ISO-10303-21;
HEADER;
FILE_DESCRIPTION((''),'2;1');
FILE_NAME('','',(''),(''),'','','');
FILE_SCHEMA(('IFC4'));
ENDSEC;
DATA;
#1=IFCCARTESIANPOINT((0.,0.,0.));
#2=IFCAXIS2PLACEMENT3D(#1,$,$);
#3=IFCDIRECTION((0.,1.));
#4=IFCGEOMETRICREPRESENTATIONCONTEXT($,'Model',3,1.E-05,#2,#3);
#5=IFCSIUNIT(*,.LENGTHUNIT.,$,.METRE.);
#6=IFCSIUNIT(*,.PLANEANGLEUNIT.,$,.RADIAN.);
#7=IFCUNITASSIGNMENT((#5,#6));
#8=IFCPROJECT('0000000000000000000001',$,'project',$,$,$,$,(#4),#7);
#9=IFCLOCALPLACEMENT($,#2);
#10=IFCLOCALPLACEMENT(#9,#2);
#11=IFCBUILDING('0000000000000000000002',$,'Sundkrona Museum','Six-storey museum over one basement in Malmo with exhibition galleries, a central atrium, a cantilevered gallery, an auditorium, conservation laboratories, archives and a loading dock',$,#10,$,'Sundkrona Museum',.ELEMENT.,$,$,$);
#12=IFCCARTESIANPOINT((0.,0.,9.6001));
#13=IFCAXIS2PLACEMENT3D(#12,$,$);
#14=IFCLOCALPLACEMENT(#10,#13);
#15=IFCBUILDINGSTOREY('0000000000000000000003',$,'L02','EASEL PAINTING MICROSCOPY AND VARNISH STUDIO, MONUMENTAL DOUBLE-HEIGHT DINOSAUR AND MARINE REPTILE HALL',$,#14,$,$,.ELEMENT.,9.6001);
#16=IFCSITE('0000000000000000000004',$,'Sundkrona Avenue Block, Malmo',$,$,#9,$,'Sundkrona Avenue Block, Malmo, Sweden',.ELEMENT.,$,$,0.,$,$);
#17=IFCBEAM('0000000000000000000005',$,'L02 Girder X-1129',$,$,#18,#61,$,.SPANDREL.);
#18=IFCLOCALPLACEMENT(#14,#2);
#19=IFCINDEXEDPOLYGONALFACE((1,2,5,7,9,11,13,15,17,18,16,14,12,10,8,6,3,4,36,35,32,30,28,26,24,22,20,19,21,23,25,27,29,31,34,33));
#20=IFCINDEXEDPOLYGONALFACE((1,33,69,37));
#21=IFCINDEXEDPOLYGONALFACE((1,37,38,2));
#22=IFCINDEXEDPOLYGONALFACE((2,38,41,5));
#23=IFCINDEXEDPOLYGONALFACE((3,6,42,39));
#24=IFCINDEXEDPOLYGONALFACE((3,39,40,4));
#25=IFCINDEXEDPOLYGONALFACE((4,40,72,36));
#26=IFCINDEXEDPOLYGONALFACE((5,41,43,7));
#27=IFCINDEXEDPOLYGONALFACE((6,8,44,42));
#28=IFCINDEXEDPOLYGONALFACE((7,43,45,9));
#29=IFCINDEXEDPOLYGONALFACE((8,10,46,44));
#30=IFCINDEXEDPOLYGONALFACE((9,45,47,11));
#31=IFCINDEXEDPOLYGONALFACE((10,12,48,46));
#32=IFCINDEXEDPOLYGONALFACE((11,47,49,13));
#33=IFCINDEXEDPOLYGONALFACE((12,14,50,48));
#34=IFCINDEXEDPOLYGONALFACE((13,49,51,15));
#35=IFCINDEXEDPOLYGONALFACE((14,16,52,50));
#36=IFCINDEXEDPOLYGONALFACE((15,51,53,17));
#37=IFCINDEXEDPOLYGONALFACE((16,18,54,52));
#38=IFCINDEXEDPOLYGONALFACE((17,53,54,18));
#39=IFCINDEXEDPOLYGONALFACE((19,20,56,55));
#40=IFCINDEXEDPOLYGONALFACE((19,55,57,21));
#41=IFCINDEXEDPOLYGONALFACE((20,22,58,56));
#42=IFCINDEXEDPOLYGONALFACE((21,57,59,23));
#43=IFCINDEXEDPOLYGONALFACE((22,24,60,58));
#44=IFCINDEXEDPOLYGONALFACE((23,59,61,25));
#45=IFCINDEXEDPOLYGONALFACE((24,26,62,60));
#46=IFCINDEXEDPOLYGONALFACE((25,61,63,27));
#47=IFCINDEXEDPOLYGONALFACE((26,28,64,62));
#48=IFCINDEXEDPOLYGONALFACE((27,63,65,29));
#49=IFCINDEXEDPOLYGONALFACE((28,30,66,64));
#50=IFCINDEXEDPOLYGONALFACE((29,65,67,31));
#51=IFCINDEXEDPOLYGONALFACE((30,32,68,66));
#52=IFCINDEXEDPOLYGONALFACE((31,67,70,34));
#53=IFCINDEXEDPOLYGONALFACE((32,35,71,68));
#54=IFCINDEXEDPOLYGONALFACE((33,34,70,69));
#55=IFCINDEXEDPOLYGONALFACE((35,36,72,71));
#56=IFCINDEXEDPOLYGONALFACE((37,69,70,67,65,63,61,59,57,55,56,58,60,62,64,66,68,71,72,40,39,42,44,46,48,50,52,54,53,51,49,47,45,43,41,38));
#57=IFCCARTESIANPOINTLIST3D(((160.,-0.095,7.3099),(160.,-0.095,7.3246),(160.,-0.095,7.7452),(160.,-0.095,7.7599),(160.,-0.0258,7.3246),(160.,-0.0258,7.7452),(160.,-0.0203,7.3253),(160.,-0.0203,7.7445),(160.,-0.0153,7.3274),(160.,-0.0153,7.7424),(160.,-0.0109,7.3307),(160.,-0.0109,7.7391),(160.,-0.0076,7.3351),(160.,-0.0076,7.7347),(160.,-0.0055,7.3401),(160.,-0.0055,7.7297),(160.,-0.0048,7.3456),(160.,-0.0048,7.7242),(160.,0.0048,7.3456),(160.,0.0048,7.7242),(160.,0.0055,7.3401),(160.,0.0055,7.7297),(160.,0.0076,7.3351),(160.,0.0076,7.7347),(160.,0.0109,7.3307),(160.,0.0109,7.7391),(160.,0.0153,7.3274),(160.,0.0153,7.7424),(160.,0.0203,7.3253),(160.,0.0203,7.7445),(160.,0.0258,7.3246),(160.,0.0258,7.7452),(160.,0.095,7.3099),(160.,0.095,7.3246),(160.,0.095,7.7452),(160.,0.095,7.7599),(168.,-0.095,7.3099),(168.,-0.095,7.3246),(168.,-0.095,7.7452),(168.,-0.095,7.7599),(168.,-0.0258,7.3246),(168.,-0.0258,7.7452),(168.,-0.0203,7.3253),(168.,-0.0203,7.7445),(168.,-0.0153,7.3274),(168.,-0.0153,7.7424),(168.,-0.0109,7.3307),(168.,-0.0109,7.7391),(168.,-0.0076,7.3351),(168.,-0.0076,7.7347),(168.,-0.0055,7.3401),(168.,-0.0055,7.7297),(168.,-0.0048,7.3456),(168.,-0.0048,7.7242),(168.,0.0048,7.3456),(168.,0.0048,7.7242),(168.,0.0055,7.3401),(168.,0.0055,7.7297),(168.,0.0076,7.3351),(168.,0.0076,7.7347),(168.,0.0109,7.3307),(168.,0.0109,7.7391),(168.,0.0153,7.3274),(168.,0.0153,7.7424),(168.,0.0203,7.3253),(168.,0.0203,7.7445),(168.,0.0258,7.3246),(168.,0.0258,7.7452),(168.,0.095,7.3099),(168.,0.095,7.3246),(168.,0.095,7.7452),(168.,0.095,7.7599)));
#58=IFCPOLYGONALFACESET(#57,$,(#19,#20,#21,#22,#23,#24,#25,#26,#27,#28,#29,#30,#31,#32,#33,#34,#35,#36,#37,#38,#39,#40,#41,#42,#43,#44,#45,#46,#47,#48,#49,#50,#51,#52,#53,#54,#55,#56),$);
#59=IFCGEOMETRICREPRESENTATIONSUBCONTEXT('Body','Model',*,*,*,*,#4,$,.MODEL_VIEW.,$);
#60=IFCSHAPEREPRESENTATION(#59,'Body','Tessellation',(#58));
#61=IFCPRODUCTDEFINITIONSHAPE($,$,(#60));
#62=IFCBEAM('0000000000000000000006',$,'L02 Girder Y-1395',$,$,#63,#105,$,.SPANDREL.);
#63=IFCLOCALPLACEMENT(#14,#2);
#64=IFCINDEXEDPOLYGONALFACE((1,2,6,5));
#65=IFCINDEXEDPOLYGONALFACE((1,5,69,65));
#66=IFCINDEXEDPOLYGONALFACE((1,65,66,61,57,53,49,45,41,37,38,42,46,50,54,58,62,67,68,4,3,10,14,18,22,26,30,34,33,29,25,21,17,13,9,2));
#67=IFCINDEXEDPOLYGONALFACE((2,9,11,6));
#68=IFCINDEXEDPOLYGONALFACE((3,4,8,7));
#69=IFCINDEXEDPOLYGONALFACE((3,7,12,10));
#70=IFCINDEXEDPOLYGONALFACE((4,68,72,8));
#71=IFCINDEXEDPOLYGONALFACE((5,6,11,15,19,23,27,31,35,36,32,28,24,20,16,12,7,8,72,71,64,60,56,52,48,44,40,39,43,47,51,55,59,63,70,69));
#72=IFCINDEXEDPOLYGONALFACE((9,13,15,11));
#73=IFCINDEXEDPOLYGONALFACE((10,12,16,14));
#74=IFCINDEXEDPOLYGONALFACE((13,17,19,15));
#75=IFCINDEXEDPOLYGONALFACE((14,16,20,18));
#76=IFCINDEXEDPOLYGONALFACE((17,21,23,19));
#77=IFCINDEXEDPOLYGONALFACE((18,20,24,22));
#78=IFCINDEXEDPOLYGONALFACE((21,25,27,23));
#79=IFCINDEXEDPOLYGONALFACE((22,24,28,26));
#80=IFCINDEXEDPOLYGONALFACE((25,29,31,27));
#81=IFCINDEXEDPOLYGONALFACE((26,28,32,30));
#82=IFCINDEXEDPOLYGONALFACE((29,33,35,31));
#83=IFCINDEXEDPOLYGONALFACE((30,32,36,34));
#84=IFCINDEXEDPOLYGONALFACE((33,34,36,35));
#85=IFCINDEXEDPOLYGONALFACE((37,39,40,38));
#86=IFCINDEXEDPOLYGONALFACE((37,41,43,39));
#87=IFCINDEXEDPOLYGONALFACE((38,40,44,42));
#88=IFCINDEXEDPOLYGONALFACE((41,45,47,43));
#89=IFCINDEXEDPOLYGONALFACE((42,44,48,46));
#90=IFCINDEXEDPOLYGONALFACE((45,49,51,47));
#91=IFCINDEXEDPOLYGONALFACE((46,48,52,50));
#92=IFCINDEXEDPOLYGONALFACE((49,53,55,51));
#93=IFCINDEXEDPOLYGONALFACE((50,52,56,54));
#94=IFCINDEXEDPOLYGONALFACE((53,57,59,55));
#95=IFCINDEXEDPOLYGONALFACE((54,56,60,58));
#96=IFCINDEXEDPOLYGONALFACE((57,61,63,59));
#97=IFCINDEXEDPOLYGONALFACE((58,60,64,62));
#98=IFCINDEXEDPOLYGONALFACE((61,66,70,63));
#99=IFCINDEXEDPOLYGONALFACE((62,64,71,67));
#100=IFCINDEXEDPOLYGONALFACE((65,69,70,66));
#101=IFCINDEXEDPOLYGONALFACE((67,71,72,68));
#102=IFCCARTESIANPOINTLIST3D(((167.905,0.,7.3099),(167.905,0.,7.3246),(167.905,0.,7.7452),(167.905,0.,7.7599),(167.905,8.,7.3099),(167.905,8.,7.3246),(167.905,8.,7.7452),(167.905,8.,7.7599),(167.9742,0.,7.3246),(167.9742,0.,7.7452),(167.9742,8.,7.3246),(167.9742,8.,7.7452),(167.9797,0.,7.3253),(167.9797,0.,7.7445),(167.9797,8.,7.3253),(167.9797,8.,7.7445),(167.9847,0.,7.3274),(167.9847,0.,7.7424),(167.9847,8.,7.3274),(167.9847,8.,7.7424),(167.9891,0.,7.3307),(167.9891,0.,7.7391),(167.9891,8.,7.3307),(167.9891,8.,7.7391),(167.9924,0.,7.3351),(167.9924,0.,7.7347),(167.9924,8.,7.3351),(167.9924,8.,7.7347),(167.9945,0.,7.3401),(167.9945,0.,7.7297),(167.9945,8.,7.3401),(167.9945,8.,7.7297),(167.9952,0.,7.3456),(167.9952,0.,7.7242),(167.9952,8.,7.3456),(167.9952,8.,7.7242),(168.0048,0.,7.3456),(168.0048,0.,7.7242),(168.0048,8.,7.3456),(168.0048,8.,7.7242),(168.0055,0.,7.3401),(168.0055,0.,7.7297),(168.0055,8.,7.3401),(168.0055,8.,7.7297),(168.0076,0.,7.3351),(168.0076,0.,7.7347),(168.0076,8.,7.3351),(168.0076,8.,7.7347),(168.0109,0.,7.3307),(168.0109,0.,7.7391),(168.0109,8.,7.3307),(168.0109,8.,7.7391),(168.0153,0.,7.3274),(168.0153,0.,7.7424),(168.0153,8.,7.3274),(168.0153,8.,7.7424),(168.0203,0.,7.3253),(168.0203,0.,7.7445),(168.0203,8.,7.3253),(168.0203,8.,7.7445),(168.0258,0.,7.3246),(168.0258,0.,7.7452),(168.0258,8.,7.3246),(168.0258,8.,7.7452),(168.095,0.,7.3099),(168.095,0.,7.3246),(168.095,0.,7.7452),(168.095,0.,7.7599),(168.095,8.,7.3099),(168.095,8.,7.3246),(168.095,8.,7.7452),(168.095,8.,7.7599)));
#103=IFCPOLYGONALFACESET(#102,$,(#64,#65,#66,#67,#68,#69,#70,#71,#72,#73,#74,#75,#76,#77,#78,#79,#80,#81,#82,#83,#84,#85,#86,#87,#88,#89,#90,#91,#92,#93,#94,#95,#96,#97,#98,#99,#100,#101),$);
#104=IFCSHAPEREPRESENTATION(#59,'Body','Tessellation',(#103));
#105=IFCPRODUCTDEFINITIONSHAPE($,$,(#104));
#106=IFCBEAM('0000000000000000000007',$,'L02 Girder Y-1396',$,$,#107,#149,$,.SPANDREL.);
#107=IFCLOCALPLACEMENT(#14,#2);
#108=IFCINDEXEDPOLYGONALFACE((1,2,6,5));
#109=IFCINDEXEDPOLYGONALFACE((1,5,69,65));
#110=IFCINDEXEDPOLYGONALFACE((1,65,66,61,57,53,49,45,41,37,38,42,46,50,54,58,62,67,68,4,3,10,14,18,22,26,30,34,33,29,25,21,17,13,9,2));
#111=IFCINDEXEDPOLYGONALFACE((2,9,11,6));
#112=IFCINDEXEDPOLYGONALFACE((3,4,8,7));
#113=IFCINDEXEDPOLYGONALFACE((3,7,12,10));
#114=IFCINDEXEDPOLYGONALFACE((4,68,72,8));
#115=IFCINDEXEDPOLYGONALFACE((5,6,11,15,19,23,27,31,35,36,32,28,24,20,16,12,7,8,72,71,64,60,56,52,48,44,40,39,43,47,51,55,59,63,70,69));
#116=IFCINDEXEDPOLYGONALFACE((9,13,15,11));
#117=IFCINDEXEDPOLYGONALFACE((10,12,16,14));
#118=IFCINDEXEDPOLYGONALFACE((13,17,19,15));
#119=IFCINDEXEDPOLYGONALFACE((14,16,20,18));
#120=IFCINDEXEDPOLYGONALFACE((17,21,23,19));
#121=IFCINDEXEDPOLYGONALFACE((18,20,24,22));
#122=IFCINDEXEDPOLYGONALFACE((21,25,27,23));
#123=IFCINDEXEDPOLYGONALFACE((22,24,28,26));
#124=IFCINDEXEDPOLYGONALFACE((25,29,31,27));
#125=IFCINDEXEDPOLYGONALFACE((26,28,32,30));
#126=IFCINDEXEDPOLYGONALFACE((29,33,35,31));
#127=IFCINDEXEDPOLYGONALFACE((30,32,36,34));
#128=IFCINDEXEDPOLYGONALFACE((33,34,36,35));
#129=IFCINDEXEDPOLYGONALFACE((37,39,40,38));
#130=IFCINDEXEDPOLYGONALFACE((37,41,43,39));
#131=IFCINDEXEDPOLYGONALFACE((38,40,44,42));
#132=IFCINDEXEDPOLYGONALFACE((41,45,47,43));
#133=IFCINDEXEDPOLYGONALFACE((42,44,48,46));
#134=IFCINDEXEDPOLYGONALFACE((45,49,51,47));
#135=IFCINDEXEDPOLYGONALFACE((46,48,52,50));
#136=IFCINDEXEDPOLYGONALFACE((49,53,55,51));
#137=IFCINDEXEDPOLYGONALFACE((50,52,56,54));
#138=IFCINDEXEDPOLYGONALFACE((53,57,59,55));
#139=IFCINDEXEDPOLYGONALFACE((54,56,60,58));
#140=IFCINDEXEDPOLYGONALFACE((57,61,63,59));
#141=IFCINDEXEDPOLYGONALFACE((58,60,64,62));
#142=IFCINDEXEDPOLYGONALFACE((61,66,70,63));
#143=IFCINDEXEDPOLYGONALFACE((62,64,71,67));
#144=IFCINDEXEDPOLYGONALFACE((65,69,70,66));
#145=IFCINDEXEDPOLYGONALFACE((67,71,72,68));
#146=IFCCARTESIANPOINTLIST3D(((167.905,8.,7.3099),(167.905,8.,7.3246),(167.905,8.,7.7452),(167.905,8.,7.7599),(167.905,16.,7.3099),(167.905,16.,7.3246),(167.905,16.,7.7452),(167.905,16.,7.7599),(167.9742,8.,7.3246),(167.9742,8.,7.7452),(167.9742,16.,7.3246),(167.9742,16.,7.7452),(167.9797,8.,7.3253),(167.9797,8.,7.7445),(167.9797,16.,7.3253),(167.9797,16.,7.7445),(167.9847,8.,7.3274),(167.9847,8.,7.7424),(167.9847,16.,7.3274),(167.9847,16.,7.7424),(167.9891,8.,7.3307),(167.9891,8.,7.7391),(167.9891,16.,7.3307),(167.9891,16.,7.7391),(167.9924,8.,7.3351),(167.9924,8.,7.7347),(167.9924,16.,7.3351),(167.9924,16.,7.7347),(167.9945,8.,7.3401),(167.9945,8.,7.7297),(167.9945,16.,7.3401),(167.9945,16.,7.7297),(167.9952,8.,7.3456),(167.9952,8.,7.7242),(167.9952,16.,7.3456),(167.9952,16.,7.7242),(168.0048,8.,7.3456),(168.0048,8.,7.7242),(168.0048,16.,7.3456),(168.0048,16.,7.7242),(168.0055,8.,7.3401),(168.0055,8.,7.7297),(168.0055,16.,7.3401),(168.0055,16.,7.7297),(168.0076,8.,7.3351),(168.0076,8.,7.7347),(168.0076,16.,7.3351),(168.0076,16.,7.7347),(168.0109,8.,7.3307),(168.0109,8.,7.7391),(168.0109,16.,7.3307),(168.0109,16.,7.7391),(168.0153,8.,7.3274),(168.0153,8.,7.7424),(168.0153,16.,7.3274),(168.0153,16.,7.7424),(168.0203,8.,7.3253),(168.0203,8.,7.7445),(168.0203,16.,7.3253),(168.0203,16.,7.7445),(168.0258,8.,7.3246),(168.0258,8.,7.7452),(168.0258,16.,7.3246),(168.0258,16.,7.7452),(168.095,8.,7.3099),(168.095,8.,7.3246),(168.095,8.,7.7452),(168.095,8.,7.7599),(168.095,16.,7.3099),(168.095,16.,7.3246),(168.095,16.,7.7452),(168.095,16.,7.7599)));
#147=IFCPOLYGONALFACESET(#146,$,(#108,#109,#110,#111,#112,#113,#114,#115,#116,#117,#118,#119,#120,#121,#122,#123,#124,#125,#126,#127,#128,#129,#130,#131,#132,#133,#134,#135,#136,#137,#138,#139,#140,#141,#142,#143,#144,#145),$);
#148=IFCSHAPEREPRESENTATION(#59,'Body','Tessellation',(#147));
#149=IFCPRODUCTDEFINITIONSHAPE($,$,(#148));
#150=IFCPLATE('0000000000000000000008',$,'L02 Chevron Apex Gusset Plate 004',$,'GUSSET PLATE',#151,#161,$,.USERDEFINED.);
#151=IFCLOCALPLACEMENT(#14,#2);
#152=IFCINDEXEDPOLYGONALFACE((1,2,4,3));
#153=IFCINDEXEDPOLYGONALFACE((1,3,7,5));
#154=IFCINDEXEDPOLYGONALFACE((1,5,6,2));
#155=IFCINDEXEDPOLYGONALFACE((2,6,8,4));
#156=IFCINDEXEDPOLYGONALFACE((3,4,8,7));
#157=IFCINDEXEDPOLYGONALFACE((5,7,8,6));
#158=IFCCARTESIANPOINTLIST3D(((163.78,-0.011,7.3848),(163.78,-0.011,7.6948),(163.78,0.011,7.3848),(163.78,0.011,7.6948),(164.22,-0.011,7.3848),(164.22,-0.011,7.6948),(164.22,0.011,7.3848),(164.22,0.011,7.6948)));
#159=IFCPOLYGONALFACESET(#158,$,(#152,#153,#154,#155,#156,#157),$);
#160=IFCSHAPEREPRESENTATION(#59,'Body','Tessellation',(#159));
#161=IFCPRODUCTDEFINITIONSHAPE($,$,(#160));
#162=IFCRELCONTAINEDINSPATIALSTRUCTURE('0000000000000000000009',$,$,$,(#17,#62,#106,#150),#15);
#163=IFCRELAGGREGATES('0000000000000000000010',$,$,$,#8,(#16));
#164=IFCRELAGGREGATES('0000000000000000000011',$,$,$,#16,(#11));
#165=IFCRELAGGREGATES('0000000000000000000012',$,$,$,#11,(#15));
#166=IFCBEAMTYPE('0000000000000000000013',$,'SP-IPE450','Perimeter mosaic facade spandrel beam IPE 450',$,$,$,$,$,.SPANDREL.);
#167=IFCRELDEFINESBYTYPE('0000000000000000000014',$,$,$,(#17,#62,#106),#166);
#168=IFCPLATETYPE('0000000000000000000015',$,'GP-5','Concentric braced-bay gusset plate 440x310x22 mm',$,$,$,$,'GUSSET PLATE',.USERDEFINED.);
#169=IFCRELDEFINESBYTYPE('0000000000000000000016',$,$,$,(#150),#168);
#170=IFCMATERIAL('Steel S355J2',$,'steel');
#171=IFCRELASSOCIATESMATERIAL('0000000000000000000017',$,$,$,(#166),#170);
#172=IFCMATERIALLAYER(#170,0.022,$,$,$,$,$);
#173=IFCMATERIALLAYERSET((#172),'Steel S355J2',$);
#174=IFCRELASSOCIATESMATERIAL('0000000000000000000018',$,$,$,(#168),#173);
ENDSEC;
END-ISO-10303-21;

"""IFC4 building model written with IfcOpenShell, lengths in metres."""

from ifc_helpers import new_model, si_unit, direction, frame, origin, origin_2d, place, context, subcontext, project, spatial, rectangle, i_section, extrude, material, layer, layer_set, material_profile, profile_set, type_object, element, save


model = new_model("IFC4")

# Units and contexts
model_context = context("Model", 3, precision=1e-05, world=origin(), true_north=direction((0.0, 1.0)))
body_context = subcontext(model_context, "Body", "Model", "MODEL_VIEW")
ifc_project = project(units=[si_unit("LENGTHUNIT", "METRE"), si_unit("PLANEANGLEUNIT", "RADIAN")], contexts=[model_context])

# Site, building, storey
site_placement = place(None, origin())
site = spatial("IfcSite", under=ifc_project, at=site_placement, Name="Sundkrona Avenue Block, Malmo", LongName="Sundkrona Avenue Block, Malmo, Sweden", CompositionType="ELEMENT", RefElevation=0.0)
building_placement = place(site_placement, origin())
building = spatial("IfcBuilding", under=site, at=building_placement, Name="Sundkrona Museum", Description="Six-storey museum over one basement in Malmo with exhibition galleries, a central atrium, a cantilevered gallery, an auditorium, conservation laboratories, archives and a loading dock", LongName="Sundkrona Museum", CompositionType="ELEMENT")
storey_placement = place(building_placement, frame((0.0, 0.0, 9.6001)))
storey = spatial("IfcBuildingStorey", under=building, at=storey_placement, Name="L02", Description="EASEL PAINTING MICROSCOPY AND VARNISH STUDIO, MONUMENTAL DOUBLE-HEIGHT DINOSAUR AND MARINE REPTILE HALL", CompositionType="ELEMENT", Elevation=9.6001)

# Shared definitions
ifc_material_1 = material(Name="Steel S355J2", Category="steel")

# Beams
ifc_material_profile_1 = material_profile(ifc_material_1, i_section(OverallWidth=0.1899, OverallDepth=0.45, WebThickness=0.0095, FlangeThickness=0.0146, FilletRadius=0.021, at=origin_2d()), Name="IPE 450")
ifc_profile_set_1 = profile_set([ifc_material_profile_1], Name="Steel S355J2")
beam_type_1 = type_object("IfcBeamType", Name="SP-IPE450", Description="Perimeter mosaic facade spandrel beam IPE 450", PredefinedType="SPANDREL", material=ifc_profile_set_1)
for number, where, z_axis, x_axis, name in (
    (1, (160.0, 0.0, 7.5349), (1.0, 0.0, 0.0), (0.0, 1.0, 0.0), "L02 Girder X-1129"),
    (2, (168.0, 0.0, 7.5349), (0.0, 1.0, 0.0), (-1.0, 0.0, 0.0), "L02 Girder Y-1395"),
    (3, (168.0, 8.0, 7.5349), (0.0, 1.0, 0.0), (-1.0, 0.0, 0.0), "L02 Girder Y-1396"),
):
    element("IfcBeam", number, at=place(storey_placement, frame(where, z_axis=z_axis, x_axis=x_axis)), inside=storey, type_object=beam_type_1, Name=name, PredefinedType="SPANDREL", context=body_context, shape_type="SweptSolid", body=[
        extrude(i_section(OverallWidth=0.1899, OverallDepth=0.45, WebThickness=0.0095, FlangeThickness=0.0146, FilletRadius=0.021, at=origin_2d()), origin(), (0.0, 0.0, 1.0), 8.0),
    ])

# Plate
ifc_layer_1 = layer(ifc_material_1, 0.022)
ifc_layer_set_1 = layer_set([ifc_layer_1], Name="Steel S355J2")
plate_type = type_object("IfcPlateType", Name="GP-5", Description="Concentric braced-bay gusset plate 440x310x22 mm", ElementType="GUSSET PLATE", PredefinedType="USERDEFINED", material=ifc_layer_set_1)
plate_placement = place(storey_placement, frame((164.0, 0.0, 7.3848), z_axis=(0.0, 0.0, 1.0), x_axis=(1.0, 0.0, 0.0)))
element("IfcPlate", 4, at=plate_placement, inside=storey, type_object=plate_type, Name="L02 Chevron Apex Gusset Plate 004", ObjectType="GUSSET PLATE", PredefinedType="USERDEFINED", context=body_context, shape_type="SweptSolid", body=[
    extrude(rectangle(XDim=0.4399, YDim=0.022, at=origin_2d()), origin(), (0.0, 0.0, 1.0), 0.3101),
])

save(model, "model.ifc")
